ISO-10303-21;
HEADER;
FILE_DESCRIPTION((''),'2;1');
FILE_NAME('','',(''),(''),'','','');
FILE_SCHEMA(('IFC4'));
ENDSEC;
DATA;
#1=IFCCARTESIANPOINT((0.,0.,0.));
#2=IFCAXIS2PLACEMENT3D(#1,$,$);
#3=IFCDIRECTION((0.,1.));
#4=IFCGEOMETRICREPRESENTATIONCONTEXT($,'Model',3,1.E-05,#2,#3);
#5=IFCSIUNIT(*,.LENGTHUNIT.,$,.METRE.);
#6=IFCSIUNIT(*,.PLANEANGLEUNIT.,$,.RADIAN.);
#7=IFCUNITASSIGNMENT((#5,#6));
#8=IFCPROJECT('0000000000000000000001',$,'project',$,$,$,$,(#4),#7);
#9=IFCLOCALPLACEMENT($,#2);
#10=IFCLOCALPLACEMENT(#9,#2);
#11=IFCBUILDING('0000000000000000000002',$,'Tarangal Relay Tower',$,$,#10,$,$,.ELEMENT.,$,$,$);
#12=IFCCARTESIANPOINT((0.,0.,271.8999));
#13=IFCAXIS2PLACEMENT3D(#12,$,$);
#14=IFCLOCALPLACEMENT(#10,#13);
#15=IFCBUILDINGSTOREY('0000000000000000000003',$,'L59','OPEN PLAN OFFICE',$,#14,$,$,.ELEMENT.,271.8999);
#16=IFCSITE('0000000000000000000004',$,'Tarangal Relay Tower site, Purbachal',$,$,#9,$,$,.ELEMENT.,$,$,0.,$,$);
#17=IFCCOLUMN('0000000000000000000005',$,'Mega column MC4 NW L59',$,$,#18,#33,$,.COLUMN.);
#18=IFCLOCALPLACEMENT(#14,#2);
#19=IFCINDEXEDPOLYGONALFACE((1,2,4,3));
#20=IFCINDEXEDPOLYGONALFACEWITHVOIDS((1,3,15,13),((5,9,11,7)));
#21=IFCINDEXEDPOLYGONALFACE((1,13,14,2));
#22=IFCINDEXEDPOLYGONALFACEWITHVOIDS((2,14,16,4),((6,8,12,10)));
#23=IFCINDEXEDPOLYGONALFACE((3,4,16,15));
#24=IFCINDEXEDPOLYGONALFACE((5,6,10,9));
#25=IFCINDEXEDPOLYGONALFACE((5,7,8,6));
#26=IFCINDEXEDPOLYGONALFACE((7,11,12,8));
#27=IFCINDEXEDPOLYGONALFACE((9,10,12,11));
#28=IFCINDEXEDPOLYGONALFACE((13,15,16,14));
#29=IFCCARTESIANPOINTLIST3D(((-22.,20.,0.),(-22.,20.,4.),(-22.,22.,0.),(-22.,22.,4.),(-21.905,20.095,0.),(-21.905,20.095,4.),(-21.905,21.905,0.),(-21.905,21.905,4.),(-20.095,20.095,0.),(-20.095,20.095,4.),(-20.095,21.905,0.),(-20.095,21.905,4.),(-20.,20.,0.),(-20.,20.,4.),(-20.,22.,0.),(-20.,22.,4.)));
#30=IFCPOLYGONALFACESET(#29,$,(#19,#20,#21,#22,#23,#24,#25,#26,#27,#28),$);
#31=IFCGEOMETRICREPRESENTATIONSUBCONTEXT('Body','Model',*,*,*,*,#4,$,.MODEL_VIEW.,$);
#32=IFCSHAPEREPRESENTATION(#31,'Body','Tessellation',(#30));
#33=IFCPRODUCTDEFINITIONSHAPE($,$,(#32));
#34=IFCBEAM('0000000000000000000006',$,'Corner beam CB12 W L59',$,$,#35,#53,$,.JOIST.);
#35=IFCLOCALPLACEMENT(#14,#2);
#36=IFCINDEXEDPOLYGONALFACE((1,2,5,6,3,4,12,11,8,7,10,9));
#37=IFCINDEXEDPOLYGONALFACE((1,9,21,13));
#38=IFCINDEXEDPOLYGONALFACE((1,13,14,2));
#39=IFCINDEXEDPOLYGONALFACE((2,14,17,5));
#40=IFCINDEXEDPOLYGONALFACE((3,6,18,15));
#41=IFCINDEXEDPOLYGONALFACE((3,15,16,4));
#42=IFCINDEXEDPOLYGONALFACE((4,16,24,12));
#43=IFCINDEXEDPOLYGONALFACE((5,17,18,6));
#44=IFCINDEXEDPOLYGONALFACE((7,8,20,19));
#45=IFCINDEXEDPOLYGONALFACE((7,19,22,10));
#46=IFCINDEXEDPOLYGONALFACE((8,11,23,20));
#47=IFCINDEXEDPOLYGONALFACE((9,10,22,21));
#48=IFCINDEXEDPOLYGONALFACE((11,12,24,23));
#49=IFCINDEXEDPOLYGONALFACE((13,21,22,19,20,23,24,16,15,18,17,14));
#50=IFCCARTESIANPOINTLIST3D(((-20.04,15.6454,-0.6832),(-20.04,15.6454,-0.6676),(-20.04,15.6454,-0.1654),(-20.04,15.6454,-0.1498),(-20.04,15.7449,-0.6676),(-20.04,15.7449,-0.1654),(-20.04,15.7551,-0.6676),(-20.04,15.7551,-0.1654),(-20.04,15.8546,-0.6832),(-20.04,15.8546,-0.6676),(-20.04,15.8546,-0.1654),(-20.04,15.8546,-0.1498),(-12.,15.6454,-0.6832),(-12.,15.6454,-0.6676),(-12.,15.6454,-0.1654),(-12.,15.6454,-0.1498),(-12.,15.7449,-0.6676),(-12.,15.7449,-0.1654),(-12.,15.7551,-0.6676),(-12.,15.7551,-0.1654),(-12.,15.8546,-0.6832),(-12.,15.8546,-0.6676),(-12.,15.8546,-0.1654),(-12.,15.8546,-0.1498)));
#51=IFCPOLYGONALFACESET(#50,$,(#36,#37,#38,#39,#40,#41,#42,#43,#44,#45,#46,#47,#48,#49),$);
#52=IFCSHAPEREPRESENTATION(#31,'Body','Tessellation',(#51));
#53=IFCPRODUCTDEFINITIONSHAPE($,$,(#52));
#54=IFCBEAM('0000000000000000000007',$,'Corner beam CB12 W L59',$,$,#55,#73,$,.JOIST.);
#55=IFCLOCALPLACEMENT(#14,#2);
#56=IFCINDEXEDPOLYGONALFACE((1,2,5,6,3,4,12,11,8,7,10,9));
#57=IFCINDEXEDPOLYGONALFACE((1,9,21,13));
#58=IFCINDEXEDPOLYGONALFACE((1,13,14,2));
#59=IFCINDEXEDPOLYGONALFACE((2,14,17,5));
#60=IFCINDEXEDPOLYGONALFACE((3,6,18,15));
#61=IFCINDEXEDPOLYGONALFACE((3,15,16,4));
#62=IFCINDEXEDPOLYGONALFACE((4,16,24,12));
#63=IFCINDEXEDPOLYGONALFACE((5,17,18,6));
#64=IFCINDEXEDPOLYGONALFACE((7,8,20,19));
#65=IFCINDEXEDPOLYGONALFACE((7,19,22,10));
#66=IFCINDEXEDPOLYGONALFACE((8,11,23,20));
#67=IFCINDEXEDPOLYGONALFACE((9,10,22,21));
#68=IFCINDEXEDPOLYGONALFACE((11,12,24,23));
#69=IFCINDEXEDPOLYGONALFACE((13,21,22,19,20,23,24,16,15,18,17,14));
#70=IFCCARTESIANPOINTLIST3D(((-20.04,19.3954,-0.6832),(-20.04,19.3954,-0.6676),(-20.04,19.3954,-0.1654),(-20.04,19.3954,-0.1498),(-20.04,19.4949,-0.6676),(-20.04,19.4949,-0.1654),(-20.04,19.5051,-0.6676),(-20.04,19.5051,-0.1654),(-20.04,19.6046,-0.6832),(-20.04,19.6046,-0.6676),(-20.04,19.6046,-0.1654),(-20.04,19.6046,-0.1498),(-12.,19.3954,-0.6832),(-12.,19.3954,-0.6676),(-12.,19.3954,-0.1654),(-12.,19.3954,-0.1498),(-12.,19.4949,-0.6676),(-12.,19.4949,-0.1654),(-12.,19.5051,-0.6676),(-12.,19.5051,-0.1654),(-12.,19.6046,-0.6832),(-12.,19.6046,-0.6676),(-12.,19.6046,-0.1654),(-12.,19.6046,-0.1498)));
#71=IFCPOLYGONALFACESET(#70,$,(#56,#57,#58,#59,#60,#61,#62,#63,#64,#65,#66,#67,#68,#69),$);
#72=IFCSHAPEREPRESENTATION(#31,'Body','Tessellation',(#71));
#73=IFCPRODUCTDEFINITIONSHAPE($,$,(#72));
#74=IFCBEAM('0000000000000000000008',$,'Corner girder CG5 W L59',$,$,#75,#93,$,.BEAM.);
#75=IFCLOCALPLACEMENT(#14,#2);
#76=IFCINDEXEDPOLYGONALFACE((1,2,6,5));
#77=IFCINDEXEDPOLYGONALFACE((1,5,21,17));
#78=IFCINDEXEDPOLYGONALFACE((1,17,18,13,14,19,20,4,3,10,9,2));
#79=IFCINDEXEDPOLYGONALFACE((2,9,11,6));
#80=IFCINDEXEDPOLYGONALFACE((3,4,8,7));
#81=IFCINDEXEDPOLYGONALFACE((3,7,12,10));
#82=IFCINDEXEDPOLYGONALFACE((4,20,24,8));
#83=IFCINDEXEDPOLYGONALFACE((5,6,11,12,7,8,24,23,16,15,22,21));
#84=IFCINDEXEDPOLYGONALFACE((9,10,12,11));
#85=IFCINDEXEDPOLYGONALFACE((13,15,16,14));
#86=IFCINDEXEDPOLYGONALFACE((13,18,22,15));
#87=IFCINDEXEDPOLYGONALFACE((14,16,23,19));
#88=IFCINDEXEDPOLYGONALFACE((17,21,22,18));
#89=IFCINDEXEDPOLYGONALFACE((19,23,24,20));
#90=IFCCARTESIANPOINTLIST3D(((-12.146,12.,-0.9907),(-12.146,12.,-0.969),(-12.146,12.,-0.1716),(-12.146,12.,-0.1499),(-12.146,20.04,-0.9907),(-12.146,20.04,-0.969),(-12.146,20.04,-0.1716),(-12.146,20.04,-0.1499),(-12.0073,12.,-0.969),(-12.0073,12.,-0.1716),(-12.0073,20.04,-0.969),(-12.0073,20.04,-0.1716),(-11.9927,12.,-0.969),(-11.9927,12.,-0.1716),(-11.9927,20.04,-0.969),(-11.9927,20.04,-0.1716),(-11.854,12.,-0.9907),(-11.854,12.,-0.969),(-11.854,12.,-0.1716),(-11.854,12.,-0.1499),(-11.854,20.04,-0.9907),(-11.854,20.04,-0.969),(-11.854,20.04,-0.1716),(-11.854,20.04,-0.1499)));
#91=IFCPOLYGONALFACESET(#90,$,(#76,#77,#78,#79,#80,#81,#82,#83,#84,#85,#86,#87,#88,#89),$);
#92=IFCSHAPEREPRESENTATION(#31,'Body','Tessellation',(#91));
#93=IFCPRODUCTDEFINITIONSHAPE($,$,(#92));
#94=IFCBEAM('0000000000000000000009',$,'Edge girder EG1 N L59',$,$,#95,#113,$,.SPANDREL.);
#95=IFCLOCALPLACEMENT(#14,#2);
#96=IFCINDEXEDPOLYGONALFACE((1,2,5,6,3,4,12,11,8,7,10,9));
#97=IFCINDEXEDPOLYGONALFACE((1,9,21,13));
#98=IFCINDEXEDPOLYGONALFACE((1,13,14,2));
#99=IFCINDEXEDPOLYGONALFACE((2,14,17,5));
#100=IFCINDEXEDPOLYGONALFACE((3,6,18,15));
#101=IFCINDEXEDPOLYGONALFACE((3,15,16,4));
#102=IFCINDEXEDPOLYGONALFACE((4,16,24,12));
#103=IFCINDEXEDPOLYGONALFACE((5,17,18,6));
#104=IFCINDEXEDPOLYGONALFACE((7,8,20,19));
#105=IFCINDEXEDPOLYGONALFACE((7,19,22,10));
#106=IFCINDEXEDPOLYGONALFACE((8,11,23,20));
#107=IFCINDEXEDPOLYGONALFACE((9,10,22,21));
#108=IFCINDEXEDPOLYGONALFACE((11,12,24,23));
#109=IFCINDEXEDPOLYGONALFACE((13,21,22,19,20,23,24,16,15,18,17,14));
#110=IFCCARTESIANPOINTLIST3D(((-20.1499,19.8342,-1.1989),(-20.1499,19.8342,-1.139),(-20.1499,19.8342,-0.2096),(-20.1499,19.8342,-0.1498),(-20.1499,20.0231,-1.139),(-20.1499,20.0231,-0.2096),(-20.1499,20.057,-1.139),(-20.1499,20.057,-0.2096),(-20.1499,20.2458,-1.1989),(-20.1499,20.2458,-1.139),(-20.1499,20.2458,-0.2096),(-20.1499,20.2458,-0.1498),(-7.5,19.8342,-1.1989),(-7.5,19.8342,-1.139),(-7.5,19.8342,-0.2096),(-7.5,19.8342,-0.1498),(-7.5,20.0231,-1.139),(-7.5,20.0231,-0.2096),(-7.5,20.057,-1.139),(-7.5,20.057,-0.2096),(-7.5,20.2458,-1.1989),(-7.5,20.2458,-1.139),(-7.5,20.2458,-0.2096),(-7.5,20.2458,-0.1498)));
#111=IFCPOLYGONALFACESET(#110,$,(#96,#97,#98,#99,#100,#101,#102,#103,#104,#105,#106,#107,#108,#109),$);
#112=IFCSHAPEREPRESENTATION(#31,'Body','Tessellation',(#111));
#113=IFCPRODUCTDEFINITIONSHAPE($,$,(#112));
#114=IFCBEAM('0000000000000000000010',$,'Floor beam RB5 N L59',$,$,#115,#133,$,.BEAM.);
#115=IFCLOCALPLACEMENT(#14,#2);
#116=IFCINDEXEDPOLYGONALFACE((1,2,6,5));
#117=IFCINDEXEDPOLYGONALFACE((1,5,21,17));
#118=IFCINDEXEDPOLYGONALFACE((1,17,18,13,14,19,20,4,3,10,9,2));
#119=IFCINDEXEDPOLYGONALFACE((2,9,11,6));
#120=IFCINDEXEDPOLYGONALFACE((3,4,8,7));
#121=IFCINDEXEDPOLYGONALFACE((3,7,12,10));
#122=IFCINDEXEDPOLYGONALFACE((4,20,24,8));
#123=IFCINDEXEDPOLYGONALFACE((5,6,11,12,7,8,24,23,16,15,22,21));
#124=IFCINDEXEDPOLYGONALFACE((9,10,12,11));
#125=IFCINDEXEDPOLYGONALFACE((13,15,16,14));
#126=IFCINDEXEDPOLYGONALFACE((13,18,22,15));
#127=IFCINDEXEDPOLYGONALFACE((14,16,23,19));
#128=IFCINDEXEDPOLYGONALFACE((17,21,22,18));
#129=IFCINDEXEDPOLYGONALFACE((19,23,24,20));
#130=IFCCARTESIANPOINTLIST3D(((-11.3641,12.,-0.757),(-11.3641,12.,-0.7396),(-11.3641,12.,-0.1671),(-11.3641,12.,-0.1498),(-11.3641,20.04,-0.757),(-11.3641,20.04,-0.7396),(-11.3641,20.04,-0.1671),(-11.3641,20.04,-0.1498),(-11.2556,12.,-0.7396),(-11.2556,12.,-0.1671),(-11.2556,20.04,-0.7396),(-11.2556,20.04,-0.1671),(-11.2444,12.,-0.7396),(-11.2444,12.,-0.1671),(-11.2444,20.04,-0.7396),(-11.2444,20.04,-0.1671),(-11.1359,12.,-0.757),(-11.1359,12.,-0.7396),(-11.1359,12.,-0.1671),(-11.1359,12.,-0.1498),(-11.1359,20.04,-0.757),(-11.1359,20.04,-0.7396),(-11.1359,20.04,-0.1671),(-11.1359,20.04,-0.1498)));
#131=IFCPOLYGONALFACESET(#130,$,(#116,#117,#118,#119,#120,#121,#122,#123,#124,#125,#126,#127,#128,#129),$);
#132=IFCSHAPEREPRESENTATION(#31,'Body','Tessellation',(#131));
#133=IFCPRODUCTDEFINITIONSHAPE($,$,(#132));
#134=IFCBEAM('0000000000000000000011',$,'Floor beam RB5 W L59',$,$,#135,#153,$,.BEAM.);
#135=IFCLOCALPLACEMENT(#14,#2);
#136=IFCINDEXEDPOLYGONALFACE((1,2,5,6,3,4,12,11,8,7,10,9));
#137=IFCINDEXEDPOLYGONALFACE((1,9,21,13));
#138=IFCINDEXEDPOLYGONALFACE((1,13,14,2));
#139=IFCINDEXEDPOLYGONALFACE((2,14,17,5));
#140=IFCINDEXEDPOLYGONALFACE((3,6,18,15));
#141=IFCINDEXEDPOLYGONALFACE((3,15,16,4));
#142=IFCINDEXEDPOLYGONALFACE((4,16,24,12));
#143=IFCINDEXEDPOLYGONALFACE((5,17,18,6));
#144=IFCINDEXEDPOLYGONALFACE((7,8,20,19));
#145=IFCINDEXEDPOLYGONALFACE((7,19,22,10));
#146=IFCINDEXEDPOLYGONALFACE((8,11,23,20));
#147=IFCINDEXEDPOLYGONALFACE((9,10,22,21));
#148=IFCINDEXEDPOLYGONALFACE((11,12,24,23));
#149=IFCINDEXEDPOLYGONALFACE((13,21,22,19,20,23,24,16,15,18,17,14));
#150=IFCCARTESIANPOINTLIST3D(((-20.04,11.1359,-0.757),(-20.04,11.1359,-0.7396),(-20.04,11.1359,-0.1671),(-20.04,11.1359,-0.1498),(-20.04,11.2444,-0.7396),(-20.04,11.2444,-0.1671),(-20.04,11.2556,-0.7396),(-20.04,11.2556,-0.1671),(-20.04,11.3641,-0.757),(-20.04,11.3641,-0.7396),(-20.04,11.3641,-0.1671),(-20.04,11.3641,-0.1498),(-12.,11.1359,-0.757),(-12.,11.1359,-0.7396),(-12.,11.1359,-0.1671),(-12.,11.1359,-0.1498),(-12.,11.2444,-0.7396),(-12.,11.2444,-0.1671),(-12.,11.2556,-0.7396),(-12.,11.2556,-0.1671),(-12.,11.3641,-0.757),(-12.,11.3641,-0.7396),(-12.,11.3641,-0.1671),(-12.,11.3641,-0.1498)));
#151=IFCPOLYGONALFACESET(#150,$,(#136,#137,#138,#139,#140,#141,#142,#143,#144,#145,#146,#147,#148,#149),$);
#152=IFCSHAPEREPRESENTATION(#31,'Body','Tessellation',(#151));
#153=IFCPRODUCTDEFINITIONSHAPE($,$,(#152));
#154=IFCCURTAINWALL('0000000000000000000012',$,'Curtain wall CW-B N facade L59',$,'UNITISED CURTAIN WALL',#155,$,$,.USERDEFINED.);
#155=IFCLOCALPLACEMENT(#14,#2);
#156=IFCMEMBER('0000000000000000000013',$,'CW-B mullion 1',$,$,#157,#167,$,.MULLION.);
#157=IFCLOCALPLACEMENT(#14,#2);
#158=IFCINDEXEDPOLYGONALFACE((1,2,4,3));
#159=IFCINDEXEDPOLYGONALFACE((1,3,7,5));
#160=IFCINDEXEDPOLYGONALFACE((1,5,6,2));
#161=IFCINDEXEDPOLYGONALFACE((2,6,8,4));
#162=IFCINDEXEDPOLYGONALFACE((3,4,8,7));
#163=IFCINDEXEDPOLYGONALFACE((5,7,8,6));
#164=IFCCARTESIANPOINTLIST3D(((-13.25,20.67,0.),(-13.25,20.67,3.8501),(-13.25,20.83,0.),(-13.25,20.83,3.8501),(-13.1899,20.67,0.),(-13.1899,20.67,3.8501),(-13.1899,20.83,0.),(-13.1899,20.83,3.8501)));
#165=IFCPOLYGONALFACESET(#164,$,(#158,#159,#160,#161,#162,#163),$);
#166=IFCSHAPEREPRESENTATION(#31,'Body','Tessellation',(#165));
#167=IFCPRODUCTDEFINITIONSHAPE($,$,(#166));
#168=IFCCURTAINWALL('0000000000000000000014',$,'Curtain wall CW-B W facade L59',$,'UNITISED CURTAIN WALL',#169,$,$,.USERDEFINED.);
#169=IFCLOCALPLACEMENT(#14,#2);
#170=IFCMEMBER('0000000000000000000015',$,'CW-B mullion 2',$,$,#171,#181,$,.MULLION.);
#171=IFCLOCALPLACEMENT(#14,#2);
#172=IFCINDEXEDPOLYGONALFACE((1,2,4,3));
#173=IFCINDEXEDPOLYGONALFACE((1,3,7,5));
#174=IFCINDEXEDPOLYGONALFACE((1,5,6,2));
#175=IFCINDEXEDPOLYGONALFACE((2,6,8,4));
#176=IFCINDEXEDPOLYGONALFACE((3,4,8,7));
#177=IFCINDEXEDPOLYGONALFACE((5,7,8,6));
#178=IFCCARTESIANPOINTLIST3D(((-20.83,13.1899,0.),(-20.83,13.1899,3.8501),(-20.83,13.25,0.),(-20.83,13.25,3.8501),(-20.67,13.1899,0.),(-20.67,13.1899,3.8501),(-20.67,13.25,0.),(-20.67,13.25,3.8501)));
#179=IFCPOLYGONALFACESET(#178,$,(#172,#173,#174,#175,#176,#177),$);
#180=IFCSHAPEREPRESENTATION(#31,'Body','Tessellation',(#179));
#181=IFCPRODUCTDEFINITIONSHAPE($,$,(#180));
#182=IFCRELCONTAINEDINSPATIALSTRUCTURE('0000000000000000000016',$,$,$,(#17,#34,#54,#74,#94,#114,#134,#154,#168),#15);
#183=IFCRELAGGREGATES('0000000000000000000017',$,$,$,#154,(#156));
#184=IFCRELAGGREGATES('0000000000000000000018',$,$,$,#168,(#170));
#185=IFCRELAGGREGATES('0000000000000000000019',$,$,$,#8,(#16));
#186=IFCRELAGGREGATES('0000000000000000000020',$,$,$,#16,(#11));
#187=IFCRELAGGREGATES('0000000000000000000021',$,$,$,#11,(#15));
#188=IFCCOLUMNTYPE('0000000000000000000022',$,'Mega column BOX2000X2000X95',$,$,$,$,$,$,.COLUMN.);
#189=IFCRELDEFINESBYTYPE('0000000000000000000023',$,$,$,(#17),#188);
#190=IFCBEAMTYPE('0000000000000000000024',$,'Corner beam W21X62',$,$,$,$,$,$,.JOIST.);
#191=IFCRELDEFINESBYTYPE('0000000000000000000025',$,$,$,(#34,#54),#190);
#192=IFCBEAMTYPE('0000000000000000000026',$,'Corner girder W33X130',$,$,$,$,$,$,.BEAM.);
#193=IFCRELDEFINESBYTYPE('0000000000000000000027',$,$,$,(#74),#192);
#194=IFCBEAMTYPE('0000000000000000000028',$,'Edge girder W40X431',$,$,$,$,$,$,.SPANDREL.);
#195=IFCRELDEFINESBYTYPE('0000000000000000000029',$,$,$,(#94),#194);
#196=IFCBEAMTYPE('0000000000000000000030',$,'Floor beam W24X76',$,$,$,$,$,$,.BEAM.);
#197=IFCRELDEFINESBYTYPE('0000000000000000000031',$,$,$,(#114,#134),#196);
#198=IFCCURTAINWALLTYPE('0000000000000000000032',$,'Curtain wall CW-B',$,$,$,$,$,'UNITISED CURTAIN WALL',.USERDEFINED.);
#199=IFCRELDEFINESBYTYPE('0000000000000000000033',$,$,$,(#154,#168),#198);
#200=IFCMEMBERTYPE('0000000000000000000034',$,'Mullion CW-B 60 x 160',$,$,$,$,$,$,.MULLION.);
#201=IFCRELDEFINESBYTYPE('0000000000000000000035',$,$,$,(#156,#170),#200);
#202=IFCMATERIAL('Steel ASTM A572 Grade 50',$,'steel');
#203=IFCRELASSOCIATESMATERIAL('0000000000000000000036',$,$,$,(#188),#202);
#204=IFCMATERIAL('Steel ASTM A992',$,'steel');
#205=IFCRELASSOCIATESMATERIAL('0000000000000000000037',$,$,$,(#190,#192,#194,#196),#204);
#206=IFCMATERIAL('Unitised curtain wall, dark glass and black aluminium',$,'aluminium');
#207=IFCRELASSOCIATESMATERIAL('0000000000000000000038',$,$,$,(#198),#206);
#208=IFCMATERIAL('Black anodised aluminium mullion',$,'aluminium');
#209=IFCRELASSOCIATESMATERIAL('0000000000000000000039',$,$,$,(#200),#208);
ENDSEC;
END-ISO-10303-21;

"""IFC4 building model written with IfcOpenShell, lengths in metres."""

from ifc_helpers import new_model, si_unit, direction, frame, origin, origin_2d, place, context, subcontext, project, spatial, rectangle, hollow_rectangle, i_section, extrude, material, material_profile, profile_set, type_object, element, aggregate, save


model = new_model("IFC4")

# Units and contexts
model_context = context("Model", 3, precision=1e-05, world=origin(), true_north=direction((0.0, 1.0)))
body_context = subcontext(model_context, "Body", "Model", "MODEL_VIEW")
ifc_project = project(units=[si_unit("LENGTHUNIT", "METRE"), si_unit("PLANEANGLEUNIT", "RADIAN")], contexts=[model_context])

# Site, building, storey
site_placement = place(None, origin())
site = spatial("IfcSite", under=ifc_project, at=site_placement, Name="Tarangal Relay Tower site, Purbachal", CompositionType="ELEMENT", RefElevation=0.0)
building_placement = place(site_placement, origin())
building = spatial("IfcBuilding", under=site, at=building_placement, Name="Tarangal Relay Tower", CompositionType="ELEMENT")
storey_placement = place(building_placement, frame((0.0, 0.0, 271.8999)))
storey = spatial("IfcBuildingStorey", under=building, at=storey_placement, Name="L59", Description="OPEN PLAN OFFICE", CompositionType="ELEMENT", Elevation=271.8999)

# Column
ifc_material_1 = material(Name="Steel ASTM A572 Grade 50", Category="steel")
ifc_material_profile_1 = material_profile(ifc_material_1, hollow_rectangle(XDim=2.0, YDim=2.0, WallThickness=0.095, at=origin_2d()), Name="BOX2000X2000X95")
ifc_profile_set_1 = profile_set([ifc_material_profile_1], Name="Steel ASTM A572 Grade 50")
column_type = type_object("IfcColumnType", Name="Mega column BOX2000X2000X95", PredefinedType="COLUMN", material=ifc_profile_set_1)
column_placement = place(storey_placement, frame((-21.0, 21.0, 0.0), z_axis=(0.0, 0.0, 1.0), x_axis=(1.0, 0.0, 0.0)))
element("IfcColumn", 1, at=column_placement, inside=storey, type_object=column_type, Name="Mega column MC4 NW L59", PredefinedType="COLUMN", context=body_context, shape_type="SweptSolid", body=[
    extrude(hollow_rectangle(XDim=2.0, YDim=2.0, WallThickness=0.095, at=origin_2d()), origin(), (0.0, 0.0, 1.0), 4.0),
])

# Beams
ifc_material_2 = material(Name="Steel ASTM A992", Category="steel")
ifc_material_profile_2 = material_profile(ifc_material_2, i_section(OverallWidth=0.2092, OverallDepth=0.5334, WebThickness=0.0103, FlangeThickness=0.0156, at=origin_2d()), Name="W21X62")
ifc_profile_set_2 = profile_set([ifc_material_profile_2], Name="Steel ASTM A992")
beam_type_1 = type_object("IfcBeamType", Name="Corner beam W21X62", PredefinedType="JOIST", material=ifc_profile_set_2)
for number, where, z_axis, x_axis, name in (
    (2, (-12.0, 15.75, -0.4165), (-1.0, 0.0, 0.0), (0.0, -1.0, 0.0), "Corner beam CB12 W L59"),
    (3, (-12.0, 19.5, -0.4165), (-1.0, 0.0, 0.0), (0.0, -1.0, 0.0), "Corner beam CB12 W L59"),
):
    element("IfcBeam", number, at=place(storey_placement, frame(where, z_axis=z_axis, x_axis=x_axis)), inside=storey, type_object=beam_type_1, Name=name, PredefinedType="JOIST", context=body_context, shape_type="SweptSolid", body=[
        extrude(i_section(OverallWidth=0.2092, OverallDepth=0.5334, WebThickness=0.0103, FlangeThickness=0.0156, at=origin_2d()), origin(), (0.0, 0.0, 1.0), 8.04),
    ])
ifc_material_profile_3 = material_profile(ifc_material_2, i_section(OverallWidth=0.292, OverallDepth=0.8408, WebThickness=0.0146, FlangeThickness=0.0217, at=origin_2d()), Name="W33X130")
ifc_profile_set_3 = profile_set([ifc_material_profile_3], Name="Steel ASTM A992")
beam_type_2 = type_object("IfcBeamType", Name="Corner girder W33X130", PredefinedType="BEAM", material=ifc_profile_set_3)
beam_1_placement = place(storey_placement, frame((-12.0, 12.0, -0.5703), z_axis=(0.0, 1.0, 0.0), x_axis=(-1.0, 0.0, 0.0)))
element("IfcBeam", 4, at=beam_1_placement, inside=storey, type_object=beam_type_2, Name="Corner girder CG5 W L59", PredefinedType="BEAM", context=body_context, shape_type="SweptSolid", body=[
    extrude(i_section(OverallWidth=0.292, OverallDepth=0.8408, WebThickness=0.0146, FlangeThickness=0.0217, at=origin_2d()), origin(), (0.0, 0.0, 1.0), 8.04),
])
ifc_material_profile_4 = material_profile(ifc_material_2, i_section(OverallWidth=0.4116, OverallDepth=1.0491, WebThickness=0.0339, FlangeThickness=0.0598, at=origin_2d()), Name="W40X431")
ifc_profile_set_4 = profile_set([ifc_material_profile_4], Name="Steel ASTM A992")
beam_type_3 = type_object("IfcBeamType", Name="Edge girder W40X431", PredefinedType="SPANDREL", material=ifc_profile_set_4)
beam_2_placement = place(storey_placement, frame((-20.1499, 20.04, -0.6743), z_axis=(1.0, 0.0, 0.0), x_axis=(0.0, 1.0, 0.0)))
element("IfcBeam", 5, at=beam_2_placement, inside=storey, type_object=beam_type_3, Name="Edge girder EG1 N L59", PredefinedType="SPANDREL", context=body_context, shape_type="SweptSolid", body=[
    extrude(i_section(OverallWidth=0.4116, OverallDepth=1.0491, WebThickness=0.0339, FlangeThickness=0.0598, at=origin_2d()), origin(), (0.0, 0.0, 1.0), 12.6499),
])
ifc_material_profile_5 = material_profile(ifc_material_2, i_section(OverallWidth=0.2283, OverallDepth=0.6072, WebThickness=0.0112, FlangeThickness=0.0173, at=origin_2d()), Name="W24X76")
ifc_profile_set_5 = profile_set([ifc_material_profile_5], Name="Steel ASTM A992")
beam_type_4 = type_object("IfcBeamType", Name="Floor beam W24X76", PredefinedType="BEAM", material=ifc_profile_set_5)
for number, where, z_axis, x_axis, name in (
    (6, (-11.25, 12.0, -0.4534), (0.0, 1.0, 0.0), (-1.0, 0.0, 0.0), "Floor beam RB5 N L59"),
    (7, (-12.0, 11.25, -0.4534), (-1.0, 0.0, 0.0), (0.0, -1.0, 0.0), "Floor beam RB5 W L59"),
):
    element("IfcBeam", number, at=place(storey_placement, frame(where, z_axis=z_axis, x_axis=x_axis)), inside=storey, type_object=beam_type_4, Name=name, PredefinedType="BEAM", context=body_context, shape_type="SweptSolid", body=[
        extrude(i_section(OverallWidth=0.2283, OverallDepth=0.6072, WebThickness=0.0112, FlangeThickness=0.0173, at=origin_2d()), origin(), (0.0, 0.0, 1.0), 8.04),
    ])

# Curtain walls, members
ifc_material_3 = material(Name="Unitised curtain wall, dark glass and black aluminium", Category="aluminium")
curtain_wall_type = type_object("IfcCurtainWallType", Name="Curtain wall CW-B", ElementType="UNITISED CURTAIN WALL", PredefinedType="USERDEFINED", material=ifc_material_3)
curtain_wall_1_placement = place(storey_placement, origin())
curtain_wall_1 = element("IfcCurtainWall", 8, at=curtain_wall_1_placement, inside=storey, type_object=curtain_wall_type, Name="Curtain wall CW-B N facade L59", ObjectType="UNITISED CURTAIN WALL", PredefinedType="USERDEFINED")
ifc_material_4 = material(Name="Black anodised aluminium mullion", Category="aluminium")
ifc_material_profile_6 = material_profile(ifc_material_4, rectangle(XDim=0.1599, YDim=0.0601, at=origin_2d()), Name="CW-BM 60X160")
ifc_profile_set_6 = profile_set([ifc_material_profile_6], Name="Black anodised aluminium mullion")
member_type_1 = type_object("IfcMemberType", Name="Mullion CW-B 60 x 160", PredefinedType="MULLION", material=ifc_profile_set_6)
member_1_placement = place(storey_placement, frame((-13.22, 20.75, 0.0), z_axis=(0.0, 0.0, 1.0), x_axis=(0.0, 1.0, 0.0)))
member_1 = element("IfcMember", 9, at=member_1_placement, type_object=member_type_1, Name="CW-B mullion 1", PredefinedType="MULLION", context=body_context, shape_type="SweptSolid", body=[
    extrude(rectangle(XDim=0.1599, YDim=0.0601, at=origin_2d()), origin(), (0.0, 0.0, 1.0), 3.8501),
])
curtain_wall_2_placement = place(storey_placement, origin())
curtain_wall_2 = element("IfcCurtainWall", 10, at=curtain_wall_2_placement, inside=storey, type_object=curtain_wall_type, Name="Curtain wall CW-B W facade L59", ObjectType="UNITISED CURTAIN WALL", PredefinedType="USERDEFINED")
member_2_placement = place(storey_placement, frame((-20.75, 13.22, 0.0), z_axis=(0.0, 0.0, 1.0), x_axis=(-1.0, 0.0, 0.0)))
member_2 = element("IfcMember", 11, at=member_2_placement, type_object=member_type_1, Name="CW-B mullion 2", PredefinedType="MULLION", context=body_context, shape_type="SweptSolid", body=[
    extrude(rectangle(XDim=0.1599, YDim=0.0601, at=origin_2d()), origin(), (0.0, 0.0, 1.0), 3.8501),
])

aggregate(curtain_wall_1, [member_1])
aggregate(curtain_wall_2, [member_2])

save(model, "model.ifc")
